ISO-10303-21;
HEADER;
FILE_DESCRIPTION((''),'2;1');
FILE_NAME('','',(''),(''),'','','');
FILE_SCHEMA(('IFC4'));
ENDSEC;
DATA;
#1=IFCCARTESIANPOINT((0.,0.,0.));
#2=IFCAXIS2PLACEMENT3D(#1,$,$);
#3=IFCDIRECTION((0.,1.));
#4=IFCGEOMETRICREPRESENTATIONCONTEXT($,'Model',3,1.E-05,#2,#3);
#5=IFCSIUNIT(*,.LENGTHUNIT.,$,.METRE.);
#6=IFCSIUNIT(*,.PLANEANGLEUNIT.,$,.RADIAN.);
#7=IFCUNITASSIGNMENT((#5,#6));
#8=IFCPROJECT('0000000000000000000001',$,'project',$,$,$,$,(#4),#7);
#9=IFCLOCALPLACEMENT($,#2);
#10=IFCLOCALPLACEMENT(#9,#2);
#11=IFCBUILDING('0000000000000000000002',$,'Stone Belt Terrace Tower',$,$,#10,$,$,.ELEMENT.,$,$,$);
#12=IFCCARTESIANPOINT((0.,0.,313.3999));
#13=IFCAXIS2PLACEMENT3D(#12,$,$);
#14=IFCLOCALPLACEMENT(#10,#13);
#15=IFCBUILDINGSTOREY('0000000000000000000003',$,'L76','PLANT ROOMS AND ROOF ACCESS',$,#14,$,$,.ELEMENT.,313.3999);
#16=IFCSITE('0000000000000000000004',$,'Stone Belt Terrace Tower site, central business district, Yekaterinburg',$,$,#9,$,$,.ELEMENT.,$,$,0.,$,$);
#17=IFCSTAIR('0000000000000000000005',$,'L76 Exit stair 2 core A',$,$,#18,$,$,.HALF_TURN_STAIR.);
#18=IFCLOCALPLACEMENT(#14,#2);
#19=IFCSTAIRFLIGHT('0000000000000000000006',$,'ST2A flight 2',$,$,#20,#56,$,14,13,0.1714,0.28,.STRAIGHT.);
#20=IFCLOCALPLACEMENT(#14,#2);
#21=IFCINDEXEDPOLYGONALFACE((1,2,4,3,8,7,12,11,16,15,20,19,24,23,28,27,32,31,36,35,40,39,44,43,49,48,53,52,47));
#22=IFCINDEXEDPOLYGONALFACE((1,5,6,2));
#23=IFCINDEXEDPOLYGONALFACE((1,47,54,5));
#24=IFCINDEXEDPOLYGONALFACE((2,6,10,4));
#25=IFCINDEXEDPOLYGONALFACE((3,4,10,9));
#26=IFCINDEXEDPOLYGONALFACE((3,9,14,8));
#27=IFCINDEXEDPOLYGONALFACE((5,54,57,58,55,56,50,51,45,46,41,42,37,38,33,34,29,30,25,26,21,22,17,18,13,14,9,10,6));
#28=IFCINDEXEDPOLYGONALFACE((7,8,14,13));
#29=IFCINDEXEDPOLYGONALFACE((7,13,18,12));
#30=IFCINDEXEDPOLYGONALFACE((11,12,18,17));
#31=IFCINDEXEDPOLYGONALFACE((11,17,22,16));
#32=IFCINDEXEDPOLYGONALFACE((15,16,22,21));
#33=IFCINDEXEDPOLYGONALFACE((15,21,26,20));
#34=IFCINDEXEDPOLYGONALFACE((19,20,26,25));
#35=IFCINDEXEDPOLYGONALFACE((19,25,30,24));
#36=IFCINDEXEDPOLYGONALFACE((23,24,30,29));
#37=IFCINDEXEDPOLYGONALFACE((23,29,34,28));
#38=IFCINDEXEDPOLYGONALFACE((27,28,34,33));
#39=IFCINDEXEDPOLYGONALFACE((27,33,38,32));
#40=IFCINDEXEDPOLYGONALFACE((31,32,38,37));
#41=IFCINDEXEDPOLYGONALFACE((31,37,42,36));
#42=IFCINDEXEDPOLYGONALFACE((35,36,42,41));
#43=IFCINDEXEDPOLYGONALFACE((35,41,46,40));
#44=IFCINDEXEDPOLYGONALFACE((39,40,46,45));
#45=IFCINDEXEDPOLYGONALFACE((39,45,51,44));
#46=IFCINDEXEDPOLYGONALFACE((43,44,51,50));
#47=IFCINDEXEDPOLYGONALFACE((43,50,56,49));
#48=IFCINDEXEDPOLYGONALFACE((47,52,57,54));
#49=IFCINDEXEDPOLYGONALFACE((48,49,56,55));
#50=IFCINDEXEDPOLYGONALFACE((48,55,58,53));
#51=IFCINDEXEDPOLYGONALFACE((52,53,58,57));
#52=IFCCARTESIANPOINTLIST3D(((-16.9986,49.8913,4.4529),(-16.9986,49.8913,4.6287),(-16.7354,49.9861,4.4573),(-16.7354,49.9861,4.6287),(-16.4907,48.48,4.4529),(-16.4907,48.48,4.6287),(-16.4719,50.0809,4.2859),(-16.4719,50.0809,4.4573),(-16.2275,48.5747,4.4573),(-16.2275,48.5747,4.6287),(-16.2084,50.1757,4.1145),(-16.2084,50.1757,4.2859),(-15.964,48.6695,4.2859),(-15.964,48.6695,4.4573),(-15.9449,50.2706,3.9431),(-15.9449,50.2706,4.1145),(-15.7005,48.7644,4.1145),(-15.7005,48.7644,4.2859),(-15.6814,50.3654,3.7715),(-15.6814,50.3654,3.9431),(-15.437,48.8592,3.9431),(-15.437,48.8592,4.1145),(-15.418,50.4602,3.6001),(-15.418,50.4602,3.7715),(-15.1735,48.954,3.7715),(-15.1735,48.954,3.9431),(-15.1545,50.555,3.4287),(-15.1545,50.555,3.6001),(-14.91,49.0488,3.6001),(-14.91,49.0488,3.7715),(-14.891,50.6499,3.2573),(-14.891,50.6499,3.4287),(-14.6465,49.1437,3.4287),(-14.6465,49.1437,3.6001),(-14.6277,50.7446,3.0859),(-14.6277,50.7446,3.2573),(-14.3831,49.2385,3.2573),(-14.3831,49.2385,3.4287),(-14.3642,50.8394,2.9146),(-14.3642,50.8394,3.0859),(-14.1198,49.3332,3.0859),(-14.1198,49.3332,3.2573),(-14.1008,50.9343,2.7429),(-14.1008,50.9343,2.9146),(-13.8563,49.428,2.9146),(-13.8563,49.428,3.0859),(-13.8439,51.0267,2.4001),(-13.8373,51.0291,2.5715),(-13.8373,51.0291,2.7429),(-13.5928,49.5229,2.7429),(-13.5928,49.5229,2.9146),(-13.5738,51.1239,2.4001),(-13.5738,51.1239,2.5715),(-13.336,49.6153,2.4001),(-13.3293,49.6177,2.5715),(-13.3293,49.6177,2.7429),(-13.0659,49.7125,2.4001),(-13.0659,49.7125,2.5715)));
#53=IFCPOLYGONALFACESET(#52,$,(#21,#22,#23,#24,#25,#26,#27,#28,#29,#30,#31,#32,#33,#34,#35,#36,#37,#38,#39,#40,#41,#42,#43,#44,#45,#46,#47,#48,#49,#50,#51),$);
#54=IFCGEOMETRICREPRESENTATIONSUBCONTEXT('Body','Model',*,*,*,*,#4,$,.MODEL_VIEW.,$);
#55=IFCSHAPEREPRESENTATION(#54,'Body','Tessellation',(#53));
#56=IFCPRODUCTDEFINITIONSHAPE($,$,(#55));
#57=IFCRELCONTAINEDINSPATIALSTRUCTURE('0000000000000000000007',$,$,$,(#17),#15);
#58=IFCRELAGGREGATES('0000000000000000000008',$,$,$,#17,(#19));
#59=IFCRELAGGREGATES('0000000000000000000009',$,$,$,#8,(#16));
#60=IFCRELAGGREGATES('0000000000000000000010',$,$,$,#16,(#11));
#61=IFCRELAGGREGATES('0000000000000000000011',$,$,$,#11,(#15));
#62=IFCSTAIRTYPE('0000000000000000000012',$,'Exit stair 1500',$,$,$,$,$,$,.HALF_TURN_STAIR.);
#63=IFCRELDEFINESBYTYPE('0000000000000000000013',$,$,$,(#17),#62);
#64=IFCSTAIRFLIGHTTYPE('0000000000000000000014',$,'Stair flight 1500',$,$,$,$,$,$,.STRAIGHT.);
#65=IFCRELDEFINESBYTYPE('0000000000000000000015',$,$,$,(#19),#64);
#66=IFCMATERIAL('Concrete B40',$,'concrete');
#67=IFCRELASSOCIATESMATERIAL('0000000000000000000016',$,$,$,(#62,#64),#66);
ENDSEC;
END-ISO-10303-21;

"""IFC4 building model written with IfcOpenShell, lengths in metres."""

from ifc_helpers import new_model, si_unit, direction, frame, origin, place, context, subcontext, project, spatial, polyline, outline, extrude, material, type_object, element, aggregate, save


model = new_model("IFC4")

# Units and contexts
model_context = context("Model", 3, precision=1e-05, world=origin(), true_north=direction((0.0, 1.0)))
body_context = subcontext(model_context, "Body", "Model", "MODEL_VIEW")
ifc_project = project(units=[si_unit("LENGTHUNIT", "METRE"), si_unit("PLANEANGLEUNIT", "RADIAN")], contexts=[model_context])

# Site, building, storey
site_placement = place(None, origin())
site = spatial("IfcSite", under=ifc_project, at=site_placement, Name="Stone Belt Terrace Tower site, central business district, Yekaterinburg", CompositionType="ELEMENT", RefElevation=0.0)
building_placement = place(site_placement, origin())
building = spatial("IfcBuilding", under=site, at=building_placement, Name="Stone Belt Terrace Tower", CompositionType="ELEMENT")
storey_placement = place(building_placement, frame((0.0, 0.0, 313.3999)))
storey = spatial("IfcBuildingStorey", under=building, at=storey_placement, Name="L76", Description="PLANT ROOMS AND ROOF ACCESS", CompositionType="ELEMENT", Elevation=313.3999)

# Stair, stair flight
ifc_material_1 = material(Name="Concrete B40", Category="concrete")
stair_type = type_object("IfcStairType", Name="Exit stair 1500", PredefinedType="HALF_TURN_STAIR", material=ifc_material_1)
stair_placement = place(storey_placement, origin())
stair = element("IfcStair", 1, at=stair_placement, inside=storey, type_object=stair_type, Name="L76 Exit stair 2 core A", PredefinedType="HALF_TURN_STAIR")
stair_flight_type = type_object("IfcStairFlightType", Name="Stair flight 1500", PredefinedType="STRAIGHT", material=ifc_material_1)
stair_flight_placement = place(storey_placement, frame((-13.3198, 50.4182, 2.4001), z_axis=(0.0, 0.0, 1.0), x_axis=(-0.940922, -0.338624, 0.0)))
stair_flight = element("IfcStairFlight", 2, at=stair_flight_placement, type_object=stair_flight_type, Name="ST2A flight 2", NumberOfRisers=14, NumberOfTreads=13, PredefinedType="STRAIGHT", RiserHeight=0.1714, TreadLength=0.28, context=body_context, shape_type="SweptSolid", body=[
    extrude(outline(polyline([(0.0, 0.0), (0.0, 0.1714), (0.28, 0.1714), (0.28, 0.3428), (0.5601, 0.3428), (0.5601, 0.5144), (0.8401, 0.5144), (0.8401, 0.6858), (1.1201, 0.6858), (1.1201, 0.8572), (1.3999, 0.8572), (1.3999, 1.0286), (1.6799, 1.0286), (1.6799, 1.2), (1.96, 1.2), (1.96, 1.3713), (2.24, 1.3713), (2.24, 1.543), (2.52, 1.543), (2.52, 1.7144), (2.8, 1.7144), (2.8, 1.8857), (3.0801, 1.8857), (3.0801, 2.0571), (3.3601, 2.0571), (3.3601, 2.2285), (3.6399, 2.2285), (3.6399, 2.3999), (3.6399, 2.0527), (0.2871, 0.0), (0.0, 0.0)])), frame((0.0, 0.75, 0.0), z_axis=(0.0, -1.0, 0.0), x_axis=(1.0, 0.0, 0.0)), (0.0, 0.0, 1.0), 1.5),
])
aggregate(stair, [stair_flight])

save(model, "model.ifc")
